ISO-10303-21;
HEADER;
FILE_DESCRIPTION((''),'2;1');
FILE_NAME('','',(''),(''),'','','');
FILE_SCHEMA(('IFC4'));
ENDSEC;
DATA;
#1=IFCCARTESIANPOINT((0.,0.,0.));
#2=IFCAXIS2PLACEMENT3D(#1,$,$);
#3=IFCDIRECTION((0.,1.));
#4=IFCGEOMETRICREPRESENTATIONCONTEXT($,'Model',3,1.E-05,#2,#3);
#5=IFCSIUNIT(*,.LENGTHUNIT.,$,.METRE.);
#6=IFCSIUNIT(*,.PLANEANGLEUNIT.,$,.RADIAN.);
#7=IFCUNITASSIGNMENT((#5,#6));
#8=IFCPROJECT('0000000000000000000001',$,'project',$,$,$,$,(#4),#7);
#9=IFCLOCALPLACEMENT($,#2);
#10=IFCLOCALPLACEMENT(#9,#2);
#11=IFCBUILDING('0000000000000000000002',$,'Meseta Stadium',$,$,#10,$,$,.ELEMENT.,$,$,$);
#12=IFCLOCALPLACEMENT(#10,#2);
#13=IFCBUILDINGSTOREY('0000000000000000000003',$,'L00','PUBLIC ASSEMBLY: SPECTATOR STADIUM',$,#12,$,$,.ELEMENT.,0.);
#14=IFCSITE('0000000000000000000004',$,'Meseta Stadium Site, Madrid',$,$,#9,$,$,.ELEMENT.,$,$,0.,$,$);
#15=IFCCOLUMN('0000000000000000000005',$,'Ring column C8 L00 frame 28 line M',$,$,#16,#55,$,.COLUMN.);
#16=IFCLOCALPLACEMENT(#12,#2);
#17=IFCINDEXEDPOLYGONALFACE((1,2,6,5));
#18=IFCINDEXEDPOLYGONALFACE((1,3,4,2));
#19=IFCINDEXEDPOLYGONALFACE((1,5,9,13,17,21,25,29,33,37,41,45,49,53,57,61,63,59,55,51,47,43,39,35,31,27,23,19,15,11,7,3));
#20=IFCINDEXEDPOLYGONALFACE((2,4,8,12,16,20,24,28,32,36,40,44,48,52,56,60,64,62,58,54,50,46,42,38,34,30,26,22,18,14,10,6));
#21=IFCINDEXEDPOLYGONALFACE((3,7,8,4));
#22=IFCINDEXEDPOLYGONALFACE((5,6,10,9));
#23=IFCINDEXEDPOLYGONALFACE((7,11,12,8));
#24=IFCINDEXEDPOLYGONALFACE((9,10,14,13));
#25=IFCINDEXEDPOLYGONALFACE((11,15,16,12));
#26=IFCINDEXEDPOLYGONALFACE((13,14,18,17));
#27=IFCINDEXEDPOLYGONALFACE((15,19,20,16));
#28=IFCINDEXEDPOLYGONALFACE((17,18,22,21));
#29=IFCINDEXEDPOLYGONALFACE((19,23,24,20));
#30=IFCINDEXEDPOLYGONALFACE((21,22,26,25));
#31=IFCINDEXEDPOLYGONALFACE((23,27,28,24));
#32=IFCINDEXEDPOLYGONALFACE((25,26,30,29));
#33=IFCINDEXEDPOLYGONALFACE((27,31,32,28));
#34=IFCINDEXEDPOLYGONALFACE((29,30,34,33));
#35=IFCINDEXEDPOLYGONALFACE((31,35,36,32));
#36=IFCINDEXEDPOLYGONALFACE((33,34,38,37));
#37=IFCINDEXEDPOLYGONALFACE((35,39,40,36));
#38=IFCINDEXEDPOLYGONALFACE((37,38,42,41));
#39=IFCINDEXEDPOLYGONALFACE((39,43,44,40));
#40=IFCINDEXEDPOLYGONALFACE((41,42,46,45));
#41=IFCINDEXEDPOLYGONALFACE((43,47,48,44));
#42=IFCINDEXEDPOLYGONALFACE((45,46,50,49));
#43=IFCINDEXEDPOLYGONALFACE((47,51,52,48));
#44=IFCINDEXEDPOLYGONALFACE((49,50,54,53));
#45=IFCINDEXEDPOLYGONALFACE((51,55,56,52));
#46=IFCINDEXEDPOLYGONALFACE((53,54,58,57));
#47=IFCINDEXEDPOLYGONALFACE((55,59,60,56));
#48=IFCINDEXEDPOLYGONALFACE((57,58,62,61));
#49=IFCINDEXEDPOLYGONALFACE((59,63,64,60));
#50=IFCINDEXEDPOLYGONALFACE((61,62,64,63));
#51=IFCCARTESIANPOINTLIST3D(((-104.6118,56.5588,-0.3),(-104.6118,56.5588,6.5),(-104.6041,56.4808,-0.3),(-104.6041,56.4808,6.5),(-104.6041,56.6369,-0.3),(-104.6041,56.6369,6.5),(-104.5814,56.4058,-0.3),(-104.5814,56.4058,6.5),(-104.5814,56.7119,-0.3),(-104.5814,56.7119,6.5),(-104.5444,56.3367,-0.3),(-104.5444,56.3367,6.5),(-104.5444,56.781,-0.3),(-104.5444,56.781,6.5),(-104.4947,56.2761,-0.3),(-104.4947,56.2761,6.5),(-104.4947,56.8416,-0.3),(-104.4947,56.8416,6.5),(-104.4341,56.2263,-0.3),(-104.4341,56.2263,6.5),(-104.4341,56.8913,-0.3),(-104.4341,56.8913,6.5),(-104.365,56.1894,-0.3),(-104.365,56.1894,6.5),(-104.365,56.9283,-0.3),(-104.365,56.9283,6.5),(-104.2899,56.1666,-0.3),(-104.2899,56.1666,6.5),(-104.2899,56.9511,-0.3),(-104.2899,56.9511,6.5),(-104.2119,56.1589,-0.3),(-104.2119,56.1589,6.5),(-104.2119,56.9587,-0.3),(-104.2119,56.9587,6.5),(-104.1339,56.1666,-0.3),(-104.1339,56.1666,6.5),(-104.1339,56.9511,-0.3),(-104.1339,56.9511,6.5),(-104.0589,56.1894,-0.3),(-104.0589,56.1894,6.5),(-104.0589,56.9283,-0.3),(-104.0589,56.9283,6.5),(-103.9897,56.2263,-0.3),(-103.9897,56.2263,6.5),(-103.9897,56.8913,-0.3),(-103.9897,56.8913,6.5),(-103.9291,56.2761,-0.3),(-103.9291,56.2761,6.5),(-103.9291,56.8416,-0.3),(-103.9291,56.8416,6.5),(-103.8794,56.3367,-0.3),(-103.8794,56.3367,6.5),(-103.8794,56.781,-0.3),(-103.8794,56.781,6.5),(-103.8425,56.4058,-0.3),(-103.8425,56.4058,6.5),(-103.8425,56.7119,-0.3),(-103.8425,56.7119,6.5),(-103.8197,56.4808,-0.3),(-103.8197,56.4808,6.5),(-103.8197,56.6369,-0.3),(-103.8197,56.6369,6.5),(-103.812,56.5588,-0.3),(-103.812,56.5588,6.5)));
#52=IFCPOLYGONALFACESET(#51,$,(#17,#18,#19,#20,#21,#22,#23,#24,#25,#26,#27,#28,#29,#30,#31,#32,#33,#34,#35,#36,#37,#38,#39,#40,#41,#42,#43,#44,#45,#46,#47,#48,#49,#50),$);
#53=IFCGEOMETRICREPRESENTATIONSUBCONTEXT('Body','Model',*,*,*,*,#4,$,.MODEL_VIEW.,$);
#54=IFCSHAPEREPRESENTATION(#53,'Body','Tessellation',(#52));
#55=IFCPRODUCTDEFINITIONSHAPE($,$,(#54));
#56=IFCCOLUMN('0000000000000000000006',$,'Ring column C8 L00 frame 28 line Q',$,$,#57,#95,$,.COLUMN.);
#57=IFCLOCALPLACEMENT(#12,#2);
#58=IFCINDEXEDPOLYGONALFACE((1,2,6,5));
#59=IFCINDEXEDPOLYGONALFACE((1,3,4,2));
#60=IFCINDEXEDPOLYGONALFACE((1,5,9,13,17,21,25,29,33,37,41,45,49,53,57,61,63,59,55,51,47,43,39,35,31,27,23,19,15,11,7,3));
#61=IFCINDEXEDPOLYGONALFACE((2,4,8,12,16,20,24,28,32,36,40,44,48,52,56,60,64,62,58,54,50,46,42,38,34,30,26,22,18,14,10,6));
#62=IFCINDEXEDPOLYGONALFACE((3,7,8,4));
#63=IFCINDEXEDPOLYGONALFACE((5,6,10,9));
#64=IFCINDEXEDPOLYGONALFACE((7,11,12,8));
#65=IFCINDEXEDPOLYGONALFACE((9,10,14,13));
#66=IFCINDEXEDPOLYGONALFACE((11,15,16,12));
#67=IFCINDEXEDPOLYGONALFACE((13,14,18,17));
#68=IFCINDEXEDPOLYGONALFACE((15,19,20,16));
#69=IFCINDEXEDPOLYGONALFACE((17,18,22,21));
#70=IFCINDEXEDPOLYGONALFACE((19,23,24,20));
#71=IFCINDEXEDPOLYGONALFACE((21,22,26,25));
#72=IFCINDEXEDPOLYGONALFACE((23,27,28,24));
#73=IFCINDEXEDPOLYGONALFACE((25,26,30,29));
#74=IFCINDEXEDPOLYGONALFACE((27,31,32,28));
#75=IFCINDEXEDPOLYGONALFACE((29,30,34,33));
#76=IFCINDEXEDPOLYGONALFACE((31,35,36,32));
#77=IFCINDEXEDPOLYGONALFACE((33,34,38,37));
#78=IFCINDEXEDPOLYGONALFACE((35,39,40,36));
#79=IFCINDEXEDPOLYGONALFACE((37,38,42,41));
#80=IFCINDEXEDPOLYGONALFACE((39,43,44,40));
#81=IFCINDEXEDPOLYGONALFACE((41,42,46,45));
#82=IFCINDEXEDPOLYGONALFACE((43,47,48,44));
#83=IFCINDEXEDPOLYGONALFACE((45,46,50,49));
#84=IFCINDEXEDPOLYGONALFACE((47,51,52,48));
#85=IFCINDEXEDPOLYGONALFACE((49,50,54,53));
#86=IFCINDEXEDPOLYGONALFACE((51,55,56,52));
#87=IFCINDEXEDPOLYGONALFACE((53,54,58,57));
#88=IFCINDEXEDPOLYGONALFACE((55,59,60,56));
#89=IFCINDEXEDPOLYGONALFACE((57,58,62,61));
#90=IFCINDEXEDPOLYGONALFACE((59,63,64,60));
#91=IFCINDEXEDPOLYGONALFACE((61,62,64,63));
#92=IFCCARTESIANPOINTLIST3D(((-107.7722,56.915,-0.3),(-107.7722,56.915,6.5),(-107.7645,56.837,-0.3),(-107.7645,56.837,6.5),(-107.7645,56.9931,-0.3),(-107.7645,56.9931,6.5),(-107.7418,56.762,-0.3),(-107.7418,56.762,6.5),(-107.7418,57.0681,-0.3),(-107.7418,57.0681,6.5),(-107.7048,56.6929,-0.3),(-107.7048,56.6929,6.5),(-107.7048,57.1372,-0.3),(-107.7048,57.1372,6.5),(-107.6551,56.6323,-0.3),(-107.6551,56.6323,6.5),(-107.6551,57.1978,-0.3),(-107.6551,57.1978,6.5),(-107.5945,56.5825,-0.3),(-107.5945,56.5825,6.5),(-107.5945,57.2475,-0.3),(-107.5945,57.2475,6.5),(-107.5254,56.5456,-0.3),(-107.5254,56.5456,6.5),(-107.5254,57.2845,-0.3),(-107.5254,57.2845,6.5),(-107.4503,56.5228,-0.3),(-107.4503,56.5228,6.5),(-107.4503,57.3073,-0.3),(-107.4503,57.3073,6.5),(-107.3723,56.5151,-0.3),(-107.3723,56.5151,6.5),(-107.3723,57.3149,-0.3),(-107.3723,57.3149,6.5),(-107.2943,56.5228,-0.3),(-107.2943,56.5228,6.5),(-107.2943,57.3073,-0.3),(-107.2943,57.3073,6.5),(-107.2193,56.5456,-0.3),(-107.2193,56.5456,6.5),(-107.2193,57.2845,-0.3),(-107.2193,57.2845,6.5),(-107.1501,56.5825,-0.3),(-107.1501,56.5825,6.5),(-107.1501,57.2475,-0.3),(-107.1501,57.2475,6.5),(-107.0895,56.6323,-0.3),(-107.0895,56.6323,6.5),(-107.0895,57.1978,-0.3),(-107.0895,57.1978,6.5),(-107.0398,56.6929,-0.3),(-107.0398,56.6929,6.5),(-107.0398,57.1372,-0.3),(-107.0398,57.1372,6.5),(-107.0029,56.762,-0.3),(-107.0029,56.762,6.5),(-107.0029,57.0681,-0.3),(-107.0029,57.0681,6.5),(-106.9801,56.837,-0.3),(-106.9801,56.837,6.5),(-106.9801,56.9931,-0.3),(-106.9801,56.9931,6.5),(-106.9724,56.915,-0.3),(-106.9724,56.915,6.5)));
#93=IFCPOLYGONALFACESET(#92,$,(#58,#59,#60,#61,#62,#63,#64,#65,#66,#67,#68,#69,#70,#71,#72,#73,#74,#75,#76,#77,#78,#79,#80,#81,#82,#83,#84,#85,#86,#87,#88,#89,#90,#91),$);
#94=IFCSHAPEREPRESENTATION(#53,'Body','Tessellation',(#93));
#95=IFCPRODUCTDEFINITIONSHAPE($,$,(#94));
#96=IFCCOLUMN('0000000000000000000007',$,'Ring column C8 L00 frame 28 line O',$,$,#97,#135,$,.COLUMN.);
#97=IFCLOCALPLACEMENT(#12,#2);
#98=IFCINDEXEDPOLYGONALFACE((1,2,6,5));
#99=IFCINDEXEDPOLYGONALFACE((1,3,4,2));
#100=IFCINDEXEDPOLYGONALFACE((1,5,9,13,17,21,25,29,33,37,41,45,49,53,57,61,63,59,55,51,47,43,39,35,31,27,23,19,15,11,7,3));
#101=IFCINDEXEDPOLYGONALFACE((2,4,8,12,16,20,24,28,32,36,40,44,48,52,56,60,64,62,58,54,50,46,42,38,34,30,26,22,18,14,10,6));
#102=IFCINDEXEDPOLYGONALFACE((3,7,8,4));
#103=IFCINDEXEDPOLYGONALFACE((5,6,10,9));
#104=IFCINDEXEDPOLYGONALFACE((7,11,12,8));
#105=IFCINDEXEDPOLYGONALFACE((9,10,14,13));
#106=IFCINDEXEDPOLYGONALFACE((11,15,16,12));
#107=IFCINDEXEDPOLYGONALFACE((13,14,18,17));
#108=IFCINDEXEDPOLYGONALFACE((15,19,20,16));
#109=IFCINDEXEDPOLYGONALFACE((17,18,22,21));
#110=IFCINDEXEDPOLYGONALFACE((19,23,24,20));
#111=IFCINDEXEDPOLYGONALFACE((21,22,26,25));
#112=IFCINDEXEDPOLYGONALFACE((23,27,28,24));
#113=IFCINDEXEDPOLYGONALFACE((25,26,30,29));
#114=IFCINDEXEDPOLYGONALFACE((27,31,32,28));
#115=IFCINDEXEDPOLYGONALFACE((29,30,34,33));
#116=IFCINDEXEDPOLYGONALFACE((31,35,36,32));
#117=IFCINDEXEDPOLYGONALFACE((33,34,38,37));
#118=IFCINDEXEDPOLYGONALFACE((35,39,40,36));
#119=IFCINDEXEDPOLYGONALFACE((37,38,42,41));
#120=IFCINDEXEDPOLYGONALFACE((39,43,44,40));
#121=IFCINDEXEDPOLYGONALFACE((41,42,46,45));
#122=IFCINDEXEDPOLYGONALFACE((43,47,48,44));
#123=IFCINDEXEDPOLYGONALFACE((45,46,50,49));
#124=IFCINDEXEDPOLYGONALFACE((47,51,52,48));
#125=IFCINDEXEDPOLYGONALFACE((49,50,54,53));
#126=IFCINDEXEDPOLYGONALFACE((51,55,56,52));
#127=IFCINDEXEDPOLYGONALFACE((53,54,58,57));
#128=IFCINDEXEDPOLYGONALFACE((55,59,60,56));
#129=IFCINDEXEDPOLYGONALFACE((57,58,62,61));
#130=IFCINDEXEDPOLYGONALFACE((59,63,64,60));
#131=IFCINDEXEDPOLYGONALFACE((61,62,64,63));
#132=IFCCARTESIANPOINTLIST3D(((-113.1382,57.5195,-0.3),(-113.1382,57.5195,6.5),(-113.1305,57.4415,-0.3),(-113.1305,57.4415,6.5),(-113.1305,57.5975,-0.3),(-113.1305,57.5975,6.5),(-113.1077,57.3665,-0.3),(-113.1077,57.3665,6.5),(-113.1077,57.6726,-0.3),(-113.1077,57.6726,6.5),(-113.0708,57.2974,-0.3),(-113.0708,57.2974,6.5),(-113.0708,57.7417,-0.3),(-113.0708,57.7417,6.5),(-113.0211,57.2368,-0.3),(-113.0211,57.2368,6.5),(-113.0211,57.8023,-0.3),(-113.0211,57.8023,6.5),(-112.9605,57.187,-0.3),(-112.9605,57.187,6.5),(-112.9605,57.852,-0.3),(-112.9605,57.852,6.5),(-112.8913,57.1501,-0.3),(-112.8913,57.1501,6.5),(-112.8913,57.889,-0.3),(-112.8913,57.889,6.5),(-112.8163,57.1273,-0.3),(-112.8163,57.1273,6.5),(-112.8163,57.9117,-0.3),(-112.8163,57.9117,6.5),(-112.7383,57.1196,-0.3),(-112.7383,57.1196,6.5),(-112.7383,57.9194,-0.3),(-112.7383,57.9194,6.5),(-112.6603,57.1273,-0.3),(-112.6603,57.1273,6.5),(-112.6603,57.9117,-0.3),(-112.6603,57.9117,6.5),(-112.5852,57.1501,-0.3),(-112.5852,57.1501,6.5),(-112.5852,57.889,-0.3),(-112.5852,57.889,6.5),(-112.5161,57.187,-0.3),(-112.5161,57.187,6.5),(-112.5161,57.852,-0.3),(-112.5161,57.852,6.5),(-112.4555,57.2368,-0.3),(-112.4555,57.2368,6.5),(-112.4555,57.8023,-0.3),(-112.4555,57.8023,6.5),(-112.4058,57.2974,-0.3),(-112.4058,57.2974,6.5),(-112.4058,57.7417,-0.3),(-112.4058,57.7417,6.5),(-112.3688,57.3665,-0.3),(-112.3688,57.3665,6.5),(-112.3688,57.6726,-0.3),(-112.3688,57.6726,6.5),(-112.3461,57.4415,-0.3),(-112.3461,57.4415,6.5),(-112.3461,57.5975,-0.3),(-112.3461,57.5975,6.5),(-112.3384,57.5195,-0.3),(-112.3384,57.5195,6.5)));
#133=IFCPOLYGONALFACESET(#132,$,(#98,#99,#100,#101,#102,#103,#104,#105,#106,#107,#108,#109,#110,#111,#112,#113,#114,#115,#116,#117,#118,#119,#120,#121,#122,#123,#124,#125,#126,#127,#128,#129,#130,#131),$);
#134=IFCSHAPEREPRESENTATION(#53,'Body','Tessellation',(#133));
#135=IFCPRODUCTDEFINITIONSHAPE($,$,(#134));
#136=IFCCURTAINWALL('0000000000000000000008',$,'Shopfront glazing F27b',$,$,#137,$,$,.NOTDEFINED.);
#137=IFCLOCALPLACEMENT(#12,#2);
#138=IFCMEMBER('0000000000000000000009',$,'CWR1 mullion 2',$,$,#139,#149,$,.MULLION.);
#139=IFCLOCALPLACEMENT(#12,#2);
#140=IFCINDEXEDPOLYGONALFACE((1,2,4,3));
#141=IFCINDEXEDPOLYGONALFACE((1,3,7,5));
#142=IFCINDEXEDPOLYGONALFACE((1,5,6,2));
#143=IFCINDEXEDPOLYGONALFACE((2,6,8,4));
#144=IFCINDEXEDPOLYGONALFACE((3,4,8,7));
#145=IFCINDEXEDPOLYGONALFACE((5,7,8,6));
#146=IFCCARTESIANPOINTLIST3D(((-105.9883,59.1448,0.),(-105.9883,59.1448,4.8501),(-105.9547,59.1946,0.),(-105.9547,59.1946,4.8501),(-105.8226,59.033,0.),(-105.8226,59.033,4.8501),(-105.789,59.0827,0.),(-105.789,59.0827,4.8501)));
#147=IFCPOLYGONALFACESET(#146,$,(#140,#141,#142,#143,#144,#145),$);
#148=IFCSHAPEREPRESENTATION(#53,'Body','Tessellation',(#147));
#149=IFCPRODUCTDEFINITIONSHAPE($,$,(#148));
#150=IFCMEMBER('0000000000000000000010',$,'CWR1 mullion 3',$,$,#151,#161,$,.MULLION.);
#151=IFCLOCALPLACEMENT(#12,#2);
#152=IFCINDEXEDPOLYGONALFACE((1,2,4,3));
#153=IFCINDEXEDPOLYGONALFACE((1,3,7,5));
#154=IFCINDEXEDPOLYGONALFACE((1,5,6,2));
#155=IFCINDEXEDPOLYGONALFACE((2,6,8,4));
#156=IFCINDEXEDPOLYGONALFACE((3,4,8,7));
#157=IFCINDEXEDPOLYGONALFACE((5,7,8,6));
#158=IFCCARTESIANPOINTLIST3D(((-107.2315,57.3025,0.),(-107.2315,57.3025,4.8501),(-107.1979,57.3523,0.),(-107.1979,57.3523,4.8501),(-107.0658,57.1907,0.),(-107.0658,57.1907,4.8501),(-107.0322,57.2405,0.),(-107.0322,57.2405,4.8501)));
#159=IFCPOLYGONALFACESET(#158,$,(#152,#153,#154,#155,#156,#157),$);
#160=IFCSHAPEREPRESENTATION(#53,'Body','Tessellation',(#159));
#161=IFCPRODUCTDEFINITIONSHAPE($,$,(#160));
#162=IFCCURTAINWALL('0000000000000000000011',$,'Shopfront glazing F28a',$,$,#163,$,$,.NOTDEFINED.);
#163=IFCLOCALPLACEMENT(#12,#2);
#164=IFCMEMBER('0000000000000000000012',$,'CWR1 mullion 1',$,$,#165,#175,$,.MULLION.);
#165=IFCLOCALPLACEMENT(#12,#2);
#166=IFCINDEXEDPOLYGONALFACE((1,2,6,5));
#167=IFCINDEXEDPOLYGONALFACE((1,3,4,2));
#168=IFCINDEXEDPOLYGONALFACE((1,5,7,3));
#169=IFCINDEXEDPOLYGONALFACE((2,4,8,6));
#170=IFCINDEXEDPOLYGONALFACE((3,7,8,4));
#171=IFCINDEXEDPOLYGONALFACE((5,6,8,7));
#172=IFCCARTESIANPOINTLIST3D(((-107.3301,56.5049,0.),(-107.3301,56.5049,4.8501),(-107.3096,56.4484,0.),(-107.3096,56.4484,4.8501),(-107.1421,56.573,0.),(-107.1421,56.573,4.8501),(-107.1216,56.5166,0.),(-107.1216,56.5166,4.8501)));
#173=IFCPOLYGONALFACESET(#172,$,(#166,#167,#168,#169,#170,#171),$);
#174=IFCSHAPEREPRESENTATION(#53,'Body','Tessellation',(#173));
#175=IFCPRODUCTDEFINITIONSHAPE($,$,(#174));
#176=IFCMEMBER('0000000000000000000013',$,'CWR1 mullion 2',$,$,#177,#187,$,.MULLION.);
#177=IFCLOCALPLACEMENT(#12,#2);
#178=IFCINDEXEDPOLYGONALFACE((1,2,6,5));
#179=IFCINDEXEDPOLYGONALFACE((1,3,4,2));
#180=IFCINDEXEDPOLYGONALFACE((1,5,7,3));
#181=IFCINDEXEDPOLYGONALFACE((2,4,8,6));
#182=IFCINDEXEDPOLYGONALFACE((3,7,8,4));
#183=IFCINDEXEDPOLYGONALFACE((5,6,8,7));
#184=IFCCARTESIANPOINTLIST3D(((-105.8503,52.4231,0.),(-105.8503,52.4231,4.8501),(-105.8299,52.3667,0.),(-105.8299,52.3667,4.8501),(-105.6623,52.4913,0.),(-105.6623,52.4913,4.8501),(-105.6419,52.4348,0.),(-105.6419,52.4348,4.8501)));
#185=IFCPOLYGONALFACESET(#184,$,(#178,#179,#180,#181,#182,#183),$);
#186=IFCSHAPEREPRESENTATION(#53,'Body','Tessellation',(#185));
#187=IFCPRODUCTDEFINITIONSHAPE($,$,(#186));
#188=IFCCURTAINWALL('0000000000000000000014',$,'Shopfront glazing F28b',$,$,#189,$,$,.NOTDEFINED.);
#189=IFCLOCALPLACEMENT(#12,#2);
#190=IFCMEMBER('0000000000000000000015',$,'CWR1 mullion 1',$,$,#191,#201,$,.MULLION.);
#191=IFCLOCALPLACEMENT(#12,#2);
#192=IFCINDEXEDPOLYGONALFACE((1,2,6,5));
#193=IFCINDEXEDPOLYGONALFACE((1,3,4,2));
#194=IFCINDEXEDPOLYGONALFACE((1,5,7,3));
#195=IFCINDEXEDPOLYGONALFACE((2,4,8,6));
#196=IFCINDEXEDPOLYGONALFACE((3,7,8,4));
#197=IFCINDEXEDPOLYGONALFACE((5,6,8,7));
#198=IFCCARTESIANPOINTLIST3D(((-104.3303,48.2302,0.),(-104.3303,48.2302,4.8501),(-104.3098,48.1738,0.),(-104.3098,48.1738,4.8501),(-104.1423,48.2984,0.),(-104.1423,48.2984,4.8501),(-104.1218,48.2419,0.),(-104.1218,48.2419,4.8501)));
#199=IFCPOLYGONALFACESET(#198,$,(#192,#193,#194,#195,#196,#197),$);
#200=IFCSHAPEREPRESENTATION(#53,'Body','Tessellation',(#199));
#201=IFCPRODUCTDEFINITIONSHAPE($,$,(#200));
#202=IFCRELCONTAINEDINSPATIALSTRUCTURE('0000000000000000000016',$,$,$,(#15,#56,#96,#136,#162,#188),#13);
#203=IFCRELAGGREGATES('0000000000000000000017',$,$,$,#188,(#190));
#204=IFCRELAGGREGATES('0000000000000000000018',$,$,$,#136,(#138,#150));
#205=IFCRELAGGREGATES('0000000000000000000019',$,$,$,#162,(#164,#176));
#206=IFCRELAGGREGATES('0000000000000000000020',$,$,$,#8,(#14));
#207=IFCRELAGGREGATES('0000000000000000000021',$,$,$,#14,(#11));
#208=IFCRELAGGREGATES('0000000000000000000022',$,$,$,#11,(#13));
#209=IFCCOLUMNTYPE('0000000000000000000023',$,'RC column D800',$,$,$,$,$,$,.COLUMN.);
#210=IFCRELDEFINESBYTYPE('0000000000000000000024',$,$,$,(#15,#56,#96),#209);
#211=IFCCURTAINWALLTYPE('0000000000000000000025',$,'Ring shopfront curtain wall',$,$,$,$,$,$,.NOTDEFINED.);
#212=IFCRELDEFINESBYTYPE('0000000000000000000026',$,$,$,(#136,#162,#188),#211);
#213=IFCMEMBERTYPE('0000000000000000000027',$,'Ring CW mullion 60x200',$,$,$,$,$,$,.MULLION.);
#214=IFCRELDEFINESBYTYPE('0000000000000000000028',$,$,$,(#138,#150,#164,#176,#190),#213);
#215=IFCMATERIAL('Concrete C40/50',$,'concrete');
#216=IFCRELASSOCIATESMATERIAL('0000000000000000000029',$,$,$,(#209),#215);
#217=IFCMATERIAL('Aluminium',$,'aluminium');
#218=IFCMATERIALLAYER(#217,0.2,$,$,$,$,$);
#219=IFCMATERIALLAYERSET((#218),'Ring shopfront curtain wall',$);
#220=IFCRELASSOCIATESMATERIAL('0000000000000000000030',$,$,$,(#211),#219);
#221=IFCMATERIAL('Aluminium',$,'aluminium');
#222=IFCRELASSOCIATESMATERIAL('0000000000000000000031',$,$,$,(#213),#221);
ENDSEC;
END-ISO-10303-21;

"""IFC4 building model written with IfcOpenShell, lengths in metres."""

from ifc_helpers import new_model, si_unit, direction, frame, origin, origin_2d, place, context, subcontext, project, spatial, rectangle, circle, extrude, material, layer, layer_set, material_profile, profile_set, type_object, element, aggregate, save


model = new_model("IFC4")

# Units and contexts
model_context = context("Model", 3, precision=1e-05, world=origin(), true_north=direction((0.0, 1.0)))
body_context = subcontext(model_context, "Body", "Model", "MODEL_VIEW")
ifc_project = project(units=[si_unit("LENGTHUNIT", "METRE"), si_unit("PLANEANGLEUNIT", "RADIAN")], contexts=[model_context])

# Site, building, storey
site_placement = place(None, origin())
site = spatial("IfcSite", under=ifc_project, at=site_placement, Name="Meseta Stadium Site, Madrid", CompositionType="ELEMENT", RefElevation=0.0)
building_placement = place(site_placement, origin())
building = spatial("IfcBuilding", under=site, at=building_placement, Name="Meseta Stadium", CompositionType="ELEMENT")
storey_placement = place(building_placement, origin())
storey = spatial("IfcBuildingStorey", under=building, at=storey_placement, Name="L00", Description="PUBLIC ASSEMBLY: SPECTATOR STADIUM", CompositionType="ELEMENT", Elevation=0.0)

# Columns
ifc_material_1 = material(Name="Concrete C40/50", Category="concrete")
ifc_material_profile_1 = material_profile(ifc_material_1, circle(Radius=0.3999, at=origin_2d()), Name="RC D800")
ifc_profile_set_1 = profile_set([ifc_material_profile_1], Name="Concrete C40/50")
column_type = type_object("IfcColumnType", Name="RC column D800", PredefinedType="COLUMN", material=ifc_profile_set_1)
for number, where, z_axis, x_axis, name in (
    (1, (-104.2119, 56.5588, -0.3), (0.0, 0.0, 1.0), (1.0, 0.0, 0.0), "Ring column C8 L00 frame 28 line M"),
    (2, (-107.3723, 56.915, -0.3), (0.0, 0.0, 1.0), (1.0, 0.0, 0.0), "Ring column C8 L00 frame 28 line Q"),
    (3, (-112.7383, 57.5195, -0.3), (0.0, 0.0, 1.0), (1.0, 0.0, 0.0), "Ring column C8 L00 frame 28 line O"),
):
    element("IfcColumn", number, at=place(storey_placement, frame(where, z_axis=z_axis, x_axis=x_axis)), inside=storey, type_object=column_type, Name=name, PredefinedType="COLUMN", context=body_context, shape_type="SweptSolid", body=[
        extrude(circle(Radius=0.3999, at=origin_2d()), origin(), (0.0, 0.0, 1.0), 6.8),
    ])

# Curtain walls, members
ifc_material_2 = material(Name="Aluminium", Category="aluminium")
ifc_layer_1 = layer(ifc_material_2, 0.2)
ifc_layer_set_1 = layer_set([ifc_layer_1], Name="Ring shopfront curtain wall")
curtain_wall_type = type_object("IfcCurtainWallType", Name="Ring shopfront curtain wall", PredefinedType="NOTDEFINED", material=ifc_layer_set_1)
curtain_wall_1_placement = place(storey_placement, origin())
curtain_wall_1 = element("IfcCurtainWall", 4, at=curtain_wall_1_placement, inside=storey, type_object=curtain_wall_type, Name="Shopfront glazing F27b", PredefinedType="NOTDEFINED")
ifc_material_3 = material(Name="Aluminium", Category="aluminium")
ifc_material_profile_2 = material_profile(ifc_material_3, rectangle(XDim=0.2, YDim=0.0601, at=origin_2d()), Name="CW 200x60")
ifc_profile_set_2 = profile_set([ifc_material_profile_2], Name="Aluminium")
member_type_1 = type_object("IfcMemberType", Name="Ring CW mullion 60x200", PredefinedType="MULLION", material=ifc_profile_set_2)
member_1_placement = place(storey_placement, frame((-105.8887, 59.1138, 0.0), z_axis=(0.0, 0.0, 1.0), x_axis=(0.828919, -0.559368, 0.0)))
member_1 = element("IfcMember", 5, at=member_1_placement, type_object=member_type_1, Name="CWR1 mullion 2", PredefinedType="MULLION", context=body_context, shape_type="SweptSolid", body=[
    extrude(rectangle(XDim=0.2, YDim=0.0601, at=origin_2d()), origin(), (0.0, 0.0, 1.0), 4.8501),
])
member_2_placement = place(storey_placement, frame((-107.1318, 57.2715, 0.0), z_axis=(0.0, 0.0, 1.0), x_axis=(0.828919, -0.559368, 0.0)))
member_2 = element("IfcMember", 6, at=member_2_placement, type_object=member_type_1, Name="CWR1 mullion 3", PredefinedType="MULLION", context=body_context, shape_type="SweptSolid", body=[
    extrude(rectangle(XDim=0.2, YDim=0.0601, at=origin_2d()), origin(), (0.0, 0.0, 1.0), 4.8501),
])
curtain_wall_2_placement = place(storey_placement, origin())
curtain_wall_2 = element("IfcCurtainWall", 7, at=curtain_wall_2_placement, inside=storey, type_object=curtain_wall_type, Name="Shopfront glazing F28a", PredefinedType="NOTDEFINED")
member_3_placement = place(storey_placement, frame((-107.2258, 56.5107, 0.0), z_axis=(0.0, 0.0, 1.0), x_axis=(0.940136, 0.3408, 0.0)))
member_3 = element("IfcMember", 8, at=member_3_placement, type_object=member_type_1, Name="CWR1 mullion 1", PredefinedType="MULLION", context=body_context, shape_type="SweptSolid", body=[
    extrude(rectangle(XDim=0.2, YDim=0.0601, at=origin_2d()), origin(), (0.0, 0.0, 1.0), 4.8501),
])
member_4_placement = place(storey_placement, frame((-105.7461, 52.429, 0.0), z_axis=(0.0, 0.0, 1.0), x_axis=(0.940136, 0.3408, 0.0)))
member_4 = element("IfcMember", 9, at=member_4_placement, type_object=member_type_1, Name="CWR1 mullion 2", PredefinedType="MULLION", context=body_context, shape_type="SweptSolid", body=[
    extrude(rectangle(XDim=0.2, YDim=0.0601, at=origin_2d()), origin(), (0.0, 0.0, 1.0), 4.8501),
])

# Curtain wall, member
curtain_wall_3_placement = place(storey_placement, origin())
curtain_wall_3 = element("IfcCurtainWall", 10, at=curtain_wall_3_placement, inside=storey, type_object=curtain_wall_type, Name="Shopfront glazing F28b", PredefinedType="NOTDEFINED")
member_5_placement = place(storey_placement, frame((-104.2261, 48.2361, 0.0), z_axis=(0.0, 0.0, 1.0), x_axis=(0.940133, 0.340807, 0.0)))
member_5 = element("IfcMember", 11, at=member_5_placement, type_object=member_type_1, Name="CWR1 mullion 1", PredefinedType="MULLION", context=body_context, shape_type="SweptSolid", body=[
    extrude(rectangle(XDim=0.2, YDim=0.0601, at=origin_2d()), origin(), (0.0, 0.0, 1.0), 4.8501),
])

aggregate(curtain_wall_3, [member_5])

aggregate(curtain_wall_1, [member_1, member_2])
aggregate(curtain_wall_2, [member_3, member_4])

save(model, "model.ifc")
